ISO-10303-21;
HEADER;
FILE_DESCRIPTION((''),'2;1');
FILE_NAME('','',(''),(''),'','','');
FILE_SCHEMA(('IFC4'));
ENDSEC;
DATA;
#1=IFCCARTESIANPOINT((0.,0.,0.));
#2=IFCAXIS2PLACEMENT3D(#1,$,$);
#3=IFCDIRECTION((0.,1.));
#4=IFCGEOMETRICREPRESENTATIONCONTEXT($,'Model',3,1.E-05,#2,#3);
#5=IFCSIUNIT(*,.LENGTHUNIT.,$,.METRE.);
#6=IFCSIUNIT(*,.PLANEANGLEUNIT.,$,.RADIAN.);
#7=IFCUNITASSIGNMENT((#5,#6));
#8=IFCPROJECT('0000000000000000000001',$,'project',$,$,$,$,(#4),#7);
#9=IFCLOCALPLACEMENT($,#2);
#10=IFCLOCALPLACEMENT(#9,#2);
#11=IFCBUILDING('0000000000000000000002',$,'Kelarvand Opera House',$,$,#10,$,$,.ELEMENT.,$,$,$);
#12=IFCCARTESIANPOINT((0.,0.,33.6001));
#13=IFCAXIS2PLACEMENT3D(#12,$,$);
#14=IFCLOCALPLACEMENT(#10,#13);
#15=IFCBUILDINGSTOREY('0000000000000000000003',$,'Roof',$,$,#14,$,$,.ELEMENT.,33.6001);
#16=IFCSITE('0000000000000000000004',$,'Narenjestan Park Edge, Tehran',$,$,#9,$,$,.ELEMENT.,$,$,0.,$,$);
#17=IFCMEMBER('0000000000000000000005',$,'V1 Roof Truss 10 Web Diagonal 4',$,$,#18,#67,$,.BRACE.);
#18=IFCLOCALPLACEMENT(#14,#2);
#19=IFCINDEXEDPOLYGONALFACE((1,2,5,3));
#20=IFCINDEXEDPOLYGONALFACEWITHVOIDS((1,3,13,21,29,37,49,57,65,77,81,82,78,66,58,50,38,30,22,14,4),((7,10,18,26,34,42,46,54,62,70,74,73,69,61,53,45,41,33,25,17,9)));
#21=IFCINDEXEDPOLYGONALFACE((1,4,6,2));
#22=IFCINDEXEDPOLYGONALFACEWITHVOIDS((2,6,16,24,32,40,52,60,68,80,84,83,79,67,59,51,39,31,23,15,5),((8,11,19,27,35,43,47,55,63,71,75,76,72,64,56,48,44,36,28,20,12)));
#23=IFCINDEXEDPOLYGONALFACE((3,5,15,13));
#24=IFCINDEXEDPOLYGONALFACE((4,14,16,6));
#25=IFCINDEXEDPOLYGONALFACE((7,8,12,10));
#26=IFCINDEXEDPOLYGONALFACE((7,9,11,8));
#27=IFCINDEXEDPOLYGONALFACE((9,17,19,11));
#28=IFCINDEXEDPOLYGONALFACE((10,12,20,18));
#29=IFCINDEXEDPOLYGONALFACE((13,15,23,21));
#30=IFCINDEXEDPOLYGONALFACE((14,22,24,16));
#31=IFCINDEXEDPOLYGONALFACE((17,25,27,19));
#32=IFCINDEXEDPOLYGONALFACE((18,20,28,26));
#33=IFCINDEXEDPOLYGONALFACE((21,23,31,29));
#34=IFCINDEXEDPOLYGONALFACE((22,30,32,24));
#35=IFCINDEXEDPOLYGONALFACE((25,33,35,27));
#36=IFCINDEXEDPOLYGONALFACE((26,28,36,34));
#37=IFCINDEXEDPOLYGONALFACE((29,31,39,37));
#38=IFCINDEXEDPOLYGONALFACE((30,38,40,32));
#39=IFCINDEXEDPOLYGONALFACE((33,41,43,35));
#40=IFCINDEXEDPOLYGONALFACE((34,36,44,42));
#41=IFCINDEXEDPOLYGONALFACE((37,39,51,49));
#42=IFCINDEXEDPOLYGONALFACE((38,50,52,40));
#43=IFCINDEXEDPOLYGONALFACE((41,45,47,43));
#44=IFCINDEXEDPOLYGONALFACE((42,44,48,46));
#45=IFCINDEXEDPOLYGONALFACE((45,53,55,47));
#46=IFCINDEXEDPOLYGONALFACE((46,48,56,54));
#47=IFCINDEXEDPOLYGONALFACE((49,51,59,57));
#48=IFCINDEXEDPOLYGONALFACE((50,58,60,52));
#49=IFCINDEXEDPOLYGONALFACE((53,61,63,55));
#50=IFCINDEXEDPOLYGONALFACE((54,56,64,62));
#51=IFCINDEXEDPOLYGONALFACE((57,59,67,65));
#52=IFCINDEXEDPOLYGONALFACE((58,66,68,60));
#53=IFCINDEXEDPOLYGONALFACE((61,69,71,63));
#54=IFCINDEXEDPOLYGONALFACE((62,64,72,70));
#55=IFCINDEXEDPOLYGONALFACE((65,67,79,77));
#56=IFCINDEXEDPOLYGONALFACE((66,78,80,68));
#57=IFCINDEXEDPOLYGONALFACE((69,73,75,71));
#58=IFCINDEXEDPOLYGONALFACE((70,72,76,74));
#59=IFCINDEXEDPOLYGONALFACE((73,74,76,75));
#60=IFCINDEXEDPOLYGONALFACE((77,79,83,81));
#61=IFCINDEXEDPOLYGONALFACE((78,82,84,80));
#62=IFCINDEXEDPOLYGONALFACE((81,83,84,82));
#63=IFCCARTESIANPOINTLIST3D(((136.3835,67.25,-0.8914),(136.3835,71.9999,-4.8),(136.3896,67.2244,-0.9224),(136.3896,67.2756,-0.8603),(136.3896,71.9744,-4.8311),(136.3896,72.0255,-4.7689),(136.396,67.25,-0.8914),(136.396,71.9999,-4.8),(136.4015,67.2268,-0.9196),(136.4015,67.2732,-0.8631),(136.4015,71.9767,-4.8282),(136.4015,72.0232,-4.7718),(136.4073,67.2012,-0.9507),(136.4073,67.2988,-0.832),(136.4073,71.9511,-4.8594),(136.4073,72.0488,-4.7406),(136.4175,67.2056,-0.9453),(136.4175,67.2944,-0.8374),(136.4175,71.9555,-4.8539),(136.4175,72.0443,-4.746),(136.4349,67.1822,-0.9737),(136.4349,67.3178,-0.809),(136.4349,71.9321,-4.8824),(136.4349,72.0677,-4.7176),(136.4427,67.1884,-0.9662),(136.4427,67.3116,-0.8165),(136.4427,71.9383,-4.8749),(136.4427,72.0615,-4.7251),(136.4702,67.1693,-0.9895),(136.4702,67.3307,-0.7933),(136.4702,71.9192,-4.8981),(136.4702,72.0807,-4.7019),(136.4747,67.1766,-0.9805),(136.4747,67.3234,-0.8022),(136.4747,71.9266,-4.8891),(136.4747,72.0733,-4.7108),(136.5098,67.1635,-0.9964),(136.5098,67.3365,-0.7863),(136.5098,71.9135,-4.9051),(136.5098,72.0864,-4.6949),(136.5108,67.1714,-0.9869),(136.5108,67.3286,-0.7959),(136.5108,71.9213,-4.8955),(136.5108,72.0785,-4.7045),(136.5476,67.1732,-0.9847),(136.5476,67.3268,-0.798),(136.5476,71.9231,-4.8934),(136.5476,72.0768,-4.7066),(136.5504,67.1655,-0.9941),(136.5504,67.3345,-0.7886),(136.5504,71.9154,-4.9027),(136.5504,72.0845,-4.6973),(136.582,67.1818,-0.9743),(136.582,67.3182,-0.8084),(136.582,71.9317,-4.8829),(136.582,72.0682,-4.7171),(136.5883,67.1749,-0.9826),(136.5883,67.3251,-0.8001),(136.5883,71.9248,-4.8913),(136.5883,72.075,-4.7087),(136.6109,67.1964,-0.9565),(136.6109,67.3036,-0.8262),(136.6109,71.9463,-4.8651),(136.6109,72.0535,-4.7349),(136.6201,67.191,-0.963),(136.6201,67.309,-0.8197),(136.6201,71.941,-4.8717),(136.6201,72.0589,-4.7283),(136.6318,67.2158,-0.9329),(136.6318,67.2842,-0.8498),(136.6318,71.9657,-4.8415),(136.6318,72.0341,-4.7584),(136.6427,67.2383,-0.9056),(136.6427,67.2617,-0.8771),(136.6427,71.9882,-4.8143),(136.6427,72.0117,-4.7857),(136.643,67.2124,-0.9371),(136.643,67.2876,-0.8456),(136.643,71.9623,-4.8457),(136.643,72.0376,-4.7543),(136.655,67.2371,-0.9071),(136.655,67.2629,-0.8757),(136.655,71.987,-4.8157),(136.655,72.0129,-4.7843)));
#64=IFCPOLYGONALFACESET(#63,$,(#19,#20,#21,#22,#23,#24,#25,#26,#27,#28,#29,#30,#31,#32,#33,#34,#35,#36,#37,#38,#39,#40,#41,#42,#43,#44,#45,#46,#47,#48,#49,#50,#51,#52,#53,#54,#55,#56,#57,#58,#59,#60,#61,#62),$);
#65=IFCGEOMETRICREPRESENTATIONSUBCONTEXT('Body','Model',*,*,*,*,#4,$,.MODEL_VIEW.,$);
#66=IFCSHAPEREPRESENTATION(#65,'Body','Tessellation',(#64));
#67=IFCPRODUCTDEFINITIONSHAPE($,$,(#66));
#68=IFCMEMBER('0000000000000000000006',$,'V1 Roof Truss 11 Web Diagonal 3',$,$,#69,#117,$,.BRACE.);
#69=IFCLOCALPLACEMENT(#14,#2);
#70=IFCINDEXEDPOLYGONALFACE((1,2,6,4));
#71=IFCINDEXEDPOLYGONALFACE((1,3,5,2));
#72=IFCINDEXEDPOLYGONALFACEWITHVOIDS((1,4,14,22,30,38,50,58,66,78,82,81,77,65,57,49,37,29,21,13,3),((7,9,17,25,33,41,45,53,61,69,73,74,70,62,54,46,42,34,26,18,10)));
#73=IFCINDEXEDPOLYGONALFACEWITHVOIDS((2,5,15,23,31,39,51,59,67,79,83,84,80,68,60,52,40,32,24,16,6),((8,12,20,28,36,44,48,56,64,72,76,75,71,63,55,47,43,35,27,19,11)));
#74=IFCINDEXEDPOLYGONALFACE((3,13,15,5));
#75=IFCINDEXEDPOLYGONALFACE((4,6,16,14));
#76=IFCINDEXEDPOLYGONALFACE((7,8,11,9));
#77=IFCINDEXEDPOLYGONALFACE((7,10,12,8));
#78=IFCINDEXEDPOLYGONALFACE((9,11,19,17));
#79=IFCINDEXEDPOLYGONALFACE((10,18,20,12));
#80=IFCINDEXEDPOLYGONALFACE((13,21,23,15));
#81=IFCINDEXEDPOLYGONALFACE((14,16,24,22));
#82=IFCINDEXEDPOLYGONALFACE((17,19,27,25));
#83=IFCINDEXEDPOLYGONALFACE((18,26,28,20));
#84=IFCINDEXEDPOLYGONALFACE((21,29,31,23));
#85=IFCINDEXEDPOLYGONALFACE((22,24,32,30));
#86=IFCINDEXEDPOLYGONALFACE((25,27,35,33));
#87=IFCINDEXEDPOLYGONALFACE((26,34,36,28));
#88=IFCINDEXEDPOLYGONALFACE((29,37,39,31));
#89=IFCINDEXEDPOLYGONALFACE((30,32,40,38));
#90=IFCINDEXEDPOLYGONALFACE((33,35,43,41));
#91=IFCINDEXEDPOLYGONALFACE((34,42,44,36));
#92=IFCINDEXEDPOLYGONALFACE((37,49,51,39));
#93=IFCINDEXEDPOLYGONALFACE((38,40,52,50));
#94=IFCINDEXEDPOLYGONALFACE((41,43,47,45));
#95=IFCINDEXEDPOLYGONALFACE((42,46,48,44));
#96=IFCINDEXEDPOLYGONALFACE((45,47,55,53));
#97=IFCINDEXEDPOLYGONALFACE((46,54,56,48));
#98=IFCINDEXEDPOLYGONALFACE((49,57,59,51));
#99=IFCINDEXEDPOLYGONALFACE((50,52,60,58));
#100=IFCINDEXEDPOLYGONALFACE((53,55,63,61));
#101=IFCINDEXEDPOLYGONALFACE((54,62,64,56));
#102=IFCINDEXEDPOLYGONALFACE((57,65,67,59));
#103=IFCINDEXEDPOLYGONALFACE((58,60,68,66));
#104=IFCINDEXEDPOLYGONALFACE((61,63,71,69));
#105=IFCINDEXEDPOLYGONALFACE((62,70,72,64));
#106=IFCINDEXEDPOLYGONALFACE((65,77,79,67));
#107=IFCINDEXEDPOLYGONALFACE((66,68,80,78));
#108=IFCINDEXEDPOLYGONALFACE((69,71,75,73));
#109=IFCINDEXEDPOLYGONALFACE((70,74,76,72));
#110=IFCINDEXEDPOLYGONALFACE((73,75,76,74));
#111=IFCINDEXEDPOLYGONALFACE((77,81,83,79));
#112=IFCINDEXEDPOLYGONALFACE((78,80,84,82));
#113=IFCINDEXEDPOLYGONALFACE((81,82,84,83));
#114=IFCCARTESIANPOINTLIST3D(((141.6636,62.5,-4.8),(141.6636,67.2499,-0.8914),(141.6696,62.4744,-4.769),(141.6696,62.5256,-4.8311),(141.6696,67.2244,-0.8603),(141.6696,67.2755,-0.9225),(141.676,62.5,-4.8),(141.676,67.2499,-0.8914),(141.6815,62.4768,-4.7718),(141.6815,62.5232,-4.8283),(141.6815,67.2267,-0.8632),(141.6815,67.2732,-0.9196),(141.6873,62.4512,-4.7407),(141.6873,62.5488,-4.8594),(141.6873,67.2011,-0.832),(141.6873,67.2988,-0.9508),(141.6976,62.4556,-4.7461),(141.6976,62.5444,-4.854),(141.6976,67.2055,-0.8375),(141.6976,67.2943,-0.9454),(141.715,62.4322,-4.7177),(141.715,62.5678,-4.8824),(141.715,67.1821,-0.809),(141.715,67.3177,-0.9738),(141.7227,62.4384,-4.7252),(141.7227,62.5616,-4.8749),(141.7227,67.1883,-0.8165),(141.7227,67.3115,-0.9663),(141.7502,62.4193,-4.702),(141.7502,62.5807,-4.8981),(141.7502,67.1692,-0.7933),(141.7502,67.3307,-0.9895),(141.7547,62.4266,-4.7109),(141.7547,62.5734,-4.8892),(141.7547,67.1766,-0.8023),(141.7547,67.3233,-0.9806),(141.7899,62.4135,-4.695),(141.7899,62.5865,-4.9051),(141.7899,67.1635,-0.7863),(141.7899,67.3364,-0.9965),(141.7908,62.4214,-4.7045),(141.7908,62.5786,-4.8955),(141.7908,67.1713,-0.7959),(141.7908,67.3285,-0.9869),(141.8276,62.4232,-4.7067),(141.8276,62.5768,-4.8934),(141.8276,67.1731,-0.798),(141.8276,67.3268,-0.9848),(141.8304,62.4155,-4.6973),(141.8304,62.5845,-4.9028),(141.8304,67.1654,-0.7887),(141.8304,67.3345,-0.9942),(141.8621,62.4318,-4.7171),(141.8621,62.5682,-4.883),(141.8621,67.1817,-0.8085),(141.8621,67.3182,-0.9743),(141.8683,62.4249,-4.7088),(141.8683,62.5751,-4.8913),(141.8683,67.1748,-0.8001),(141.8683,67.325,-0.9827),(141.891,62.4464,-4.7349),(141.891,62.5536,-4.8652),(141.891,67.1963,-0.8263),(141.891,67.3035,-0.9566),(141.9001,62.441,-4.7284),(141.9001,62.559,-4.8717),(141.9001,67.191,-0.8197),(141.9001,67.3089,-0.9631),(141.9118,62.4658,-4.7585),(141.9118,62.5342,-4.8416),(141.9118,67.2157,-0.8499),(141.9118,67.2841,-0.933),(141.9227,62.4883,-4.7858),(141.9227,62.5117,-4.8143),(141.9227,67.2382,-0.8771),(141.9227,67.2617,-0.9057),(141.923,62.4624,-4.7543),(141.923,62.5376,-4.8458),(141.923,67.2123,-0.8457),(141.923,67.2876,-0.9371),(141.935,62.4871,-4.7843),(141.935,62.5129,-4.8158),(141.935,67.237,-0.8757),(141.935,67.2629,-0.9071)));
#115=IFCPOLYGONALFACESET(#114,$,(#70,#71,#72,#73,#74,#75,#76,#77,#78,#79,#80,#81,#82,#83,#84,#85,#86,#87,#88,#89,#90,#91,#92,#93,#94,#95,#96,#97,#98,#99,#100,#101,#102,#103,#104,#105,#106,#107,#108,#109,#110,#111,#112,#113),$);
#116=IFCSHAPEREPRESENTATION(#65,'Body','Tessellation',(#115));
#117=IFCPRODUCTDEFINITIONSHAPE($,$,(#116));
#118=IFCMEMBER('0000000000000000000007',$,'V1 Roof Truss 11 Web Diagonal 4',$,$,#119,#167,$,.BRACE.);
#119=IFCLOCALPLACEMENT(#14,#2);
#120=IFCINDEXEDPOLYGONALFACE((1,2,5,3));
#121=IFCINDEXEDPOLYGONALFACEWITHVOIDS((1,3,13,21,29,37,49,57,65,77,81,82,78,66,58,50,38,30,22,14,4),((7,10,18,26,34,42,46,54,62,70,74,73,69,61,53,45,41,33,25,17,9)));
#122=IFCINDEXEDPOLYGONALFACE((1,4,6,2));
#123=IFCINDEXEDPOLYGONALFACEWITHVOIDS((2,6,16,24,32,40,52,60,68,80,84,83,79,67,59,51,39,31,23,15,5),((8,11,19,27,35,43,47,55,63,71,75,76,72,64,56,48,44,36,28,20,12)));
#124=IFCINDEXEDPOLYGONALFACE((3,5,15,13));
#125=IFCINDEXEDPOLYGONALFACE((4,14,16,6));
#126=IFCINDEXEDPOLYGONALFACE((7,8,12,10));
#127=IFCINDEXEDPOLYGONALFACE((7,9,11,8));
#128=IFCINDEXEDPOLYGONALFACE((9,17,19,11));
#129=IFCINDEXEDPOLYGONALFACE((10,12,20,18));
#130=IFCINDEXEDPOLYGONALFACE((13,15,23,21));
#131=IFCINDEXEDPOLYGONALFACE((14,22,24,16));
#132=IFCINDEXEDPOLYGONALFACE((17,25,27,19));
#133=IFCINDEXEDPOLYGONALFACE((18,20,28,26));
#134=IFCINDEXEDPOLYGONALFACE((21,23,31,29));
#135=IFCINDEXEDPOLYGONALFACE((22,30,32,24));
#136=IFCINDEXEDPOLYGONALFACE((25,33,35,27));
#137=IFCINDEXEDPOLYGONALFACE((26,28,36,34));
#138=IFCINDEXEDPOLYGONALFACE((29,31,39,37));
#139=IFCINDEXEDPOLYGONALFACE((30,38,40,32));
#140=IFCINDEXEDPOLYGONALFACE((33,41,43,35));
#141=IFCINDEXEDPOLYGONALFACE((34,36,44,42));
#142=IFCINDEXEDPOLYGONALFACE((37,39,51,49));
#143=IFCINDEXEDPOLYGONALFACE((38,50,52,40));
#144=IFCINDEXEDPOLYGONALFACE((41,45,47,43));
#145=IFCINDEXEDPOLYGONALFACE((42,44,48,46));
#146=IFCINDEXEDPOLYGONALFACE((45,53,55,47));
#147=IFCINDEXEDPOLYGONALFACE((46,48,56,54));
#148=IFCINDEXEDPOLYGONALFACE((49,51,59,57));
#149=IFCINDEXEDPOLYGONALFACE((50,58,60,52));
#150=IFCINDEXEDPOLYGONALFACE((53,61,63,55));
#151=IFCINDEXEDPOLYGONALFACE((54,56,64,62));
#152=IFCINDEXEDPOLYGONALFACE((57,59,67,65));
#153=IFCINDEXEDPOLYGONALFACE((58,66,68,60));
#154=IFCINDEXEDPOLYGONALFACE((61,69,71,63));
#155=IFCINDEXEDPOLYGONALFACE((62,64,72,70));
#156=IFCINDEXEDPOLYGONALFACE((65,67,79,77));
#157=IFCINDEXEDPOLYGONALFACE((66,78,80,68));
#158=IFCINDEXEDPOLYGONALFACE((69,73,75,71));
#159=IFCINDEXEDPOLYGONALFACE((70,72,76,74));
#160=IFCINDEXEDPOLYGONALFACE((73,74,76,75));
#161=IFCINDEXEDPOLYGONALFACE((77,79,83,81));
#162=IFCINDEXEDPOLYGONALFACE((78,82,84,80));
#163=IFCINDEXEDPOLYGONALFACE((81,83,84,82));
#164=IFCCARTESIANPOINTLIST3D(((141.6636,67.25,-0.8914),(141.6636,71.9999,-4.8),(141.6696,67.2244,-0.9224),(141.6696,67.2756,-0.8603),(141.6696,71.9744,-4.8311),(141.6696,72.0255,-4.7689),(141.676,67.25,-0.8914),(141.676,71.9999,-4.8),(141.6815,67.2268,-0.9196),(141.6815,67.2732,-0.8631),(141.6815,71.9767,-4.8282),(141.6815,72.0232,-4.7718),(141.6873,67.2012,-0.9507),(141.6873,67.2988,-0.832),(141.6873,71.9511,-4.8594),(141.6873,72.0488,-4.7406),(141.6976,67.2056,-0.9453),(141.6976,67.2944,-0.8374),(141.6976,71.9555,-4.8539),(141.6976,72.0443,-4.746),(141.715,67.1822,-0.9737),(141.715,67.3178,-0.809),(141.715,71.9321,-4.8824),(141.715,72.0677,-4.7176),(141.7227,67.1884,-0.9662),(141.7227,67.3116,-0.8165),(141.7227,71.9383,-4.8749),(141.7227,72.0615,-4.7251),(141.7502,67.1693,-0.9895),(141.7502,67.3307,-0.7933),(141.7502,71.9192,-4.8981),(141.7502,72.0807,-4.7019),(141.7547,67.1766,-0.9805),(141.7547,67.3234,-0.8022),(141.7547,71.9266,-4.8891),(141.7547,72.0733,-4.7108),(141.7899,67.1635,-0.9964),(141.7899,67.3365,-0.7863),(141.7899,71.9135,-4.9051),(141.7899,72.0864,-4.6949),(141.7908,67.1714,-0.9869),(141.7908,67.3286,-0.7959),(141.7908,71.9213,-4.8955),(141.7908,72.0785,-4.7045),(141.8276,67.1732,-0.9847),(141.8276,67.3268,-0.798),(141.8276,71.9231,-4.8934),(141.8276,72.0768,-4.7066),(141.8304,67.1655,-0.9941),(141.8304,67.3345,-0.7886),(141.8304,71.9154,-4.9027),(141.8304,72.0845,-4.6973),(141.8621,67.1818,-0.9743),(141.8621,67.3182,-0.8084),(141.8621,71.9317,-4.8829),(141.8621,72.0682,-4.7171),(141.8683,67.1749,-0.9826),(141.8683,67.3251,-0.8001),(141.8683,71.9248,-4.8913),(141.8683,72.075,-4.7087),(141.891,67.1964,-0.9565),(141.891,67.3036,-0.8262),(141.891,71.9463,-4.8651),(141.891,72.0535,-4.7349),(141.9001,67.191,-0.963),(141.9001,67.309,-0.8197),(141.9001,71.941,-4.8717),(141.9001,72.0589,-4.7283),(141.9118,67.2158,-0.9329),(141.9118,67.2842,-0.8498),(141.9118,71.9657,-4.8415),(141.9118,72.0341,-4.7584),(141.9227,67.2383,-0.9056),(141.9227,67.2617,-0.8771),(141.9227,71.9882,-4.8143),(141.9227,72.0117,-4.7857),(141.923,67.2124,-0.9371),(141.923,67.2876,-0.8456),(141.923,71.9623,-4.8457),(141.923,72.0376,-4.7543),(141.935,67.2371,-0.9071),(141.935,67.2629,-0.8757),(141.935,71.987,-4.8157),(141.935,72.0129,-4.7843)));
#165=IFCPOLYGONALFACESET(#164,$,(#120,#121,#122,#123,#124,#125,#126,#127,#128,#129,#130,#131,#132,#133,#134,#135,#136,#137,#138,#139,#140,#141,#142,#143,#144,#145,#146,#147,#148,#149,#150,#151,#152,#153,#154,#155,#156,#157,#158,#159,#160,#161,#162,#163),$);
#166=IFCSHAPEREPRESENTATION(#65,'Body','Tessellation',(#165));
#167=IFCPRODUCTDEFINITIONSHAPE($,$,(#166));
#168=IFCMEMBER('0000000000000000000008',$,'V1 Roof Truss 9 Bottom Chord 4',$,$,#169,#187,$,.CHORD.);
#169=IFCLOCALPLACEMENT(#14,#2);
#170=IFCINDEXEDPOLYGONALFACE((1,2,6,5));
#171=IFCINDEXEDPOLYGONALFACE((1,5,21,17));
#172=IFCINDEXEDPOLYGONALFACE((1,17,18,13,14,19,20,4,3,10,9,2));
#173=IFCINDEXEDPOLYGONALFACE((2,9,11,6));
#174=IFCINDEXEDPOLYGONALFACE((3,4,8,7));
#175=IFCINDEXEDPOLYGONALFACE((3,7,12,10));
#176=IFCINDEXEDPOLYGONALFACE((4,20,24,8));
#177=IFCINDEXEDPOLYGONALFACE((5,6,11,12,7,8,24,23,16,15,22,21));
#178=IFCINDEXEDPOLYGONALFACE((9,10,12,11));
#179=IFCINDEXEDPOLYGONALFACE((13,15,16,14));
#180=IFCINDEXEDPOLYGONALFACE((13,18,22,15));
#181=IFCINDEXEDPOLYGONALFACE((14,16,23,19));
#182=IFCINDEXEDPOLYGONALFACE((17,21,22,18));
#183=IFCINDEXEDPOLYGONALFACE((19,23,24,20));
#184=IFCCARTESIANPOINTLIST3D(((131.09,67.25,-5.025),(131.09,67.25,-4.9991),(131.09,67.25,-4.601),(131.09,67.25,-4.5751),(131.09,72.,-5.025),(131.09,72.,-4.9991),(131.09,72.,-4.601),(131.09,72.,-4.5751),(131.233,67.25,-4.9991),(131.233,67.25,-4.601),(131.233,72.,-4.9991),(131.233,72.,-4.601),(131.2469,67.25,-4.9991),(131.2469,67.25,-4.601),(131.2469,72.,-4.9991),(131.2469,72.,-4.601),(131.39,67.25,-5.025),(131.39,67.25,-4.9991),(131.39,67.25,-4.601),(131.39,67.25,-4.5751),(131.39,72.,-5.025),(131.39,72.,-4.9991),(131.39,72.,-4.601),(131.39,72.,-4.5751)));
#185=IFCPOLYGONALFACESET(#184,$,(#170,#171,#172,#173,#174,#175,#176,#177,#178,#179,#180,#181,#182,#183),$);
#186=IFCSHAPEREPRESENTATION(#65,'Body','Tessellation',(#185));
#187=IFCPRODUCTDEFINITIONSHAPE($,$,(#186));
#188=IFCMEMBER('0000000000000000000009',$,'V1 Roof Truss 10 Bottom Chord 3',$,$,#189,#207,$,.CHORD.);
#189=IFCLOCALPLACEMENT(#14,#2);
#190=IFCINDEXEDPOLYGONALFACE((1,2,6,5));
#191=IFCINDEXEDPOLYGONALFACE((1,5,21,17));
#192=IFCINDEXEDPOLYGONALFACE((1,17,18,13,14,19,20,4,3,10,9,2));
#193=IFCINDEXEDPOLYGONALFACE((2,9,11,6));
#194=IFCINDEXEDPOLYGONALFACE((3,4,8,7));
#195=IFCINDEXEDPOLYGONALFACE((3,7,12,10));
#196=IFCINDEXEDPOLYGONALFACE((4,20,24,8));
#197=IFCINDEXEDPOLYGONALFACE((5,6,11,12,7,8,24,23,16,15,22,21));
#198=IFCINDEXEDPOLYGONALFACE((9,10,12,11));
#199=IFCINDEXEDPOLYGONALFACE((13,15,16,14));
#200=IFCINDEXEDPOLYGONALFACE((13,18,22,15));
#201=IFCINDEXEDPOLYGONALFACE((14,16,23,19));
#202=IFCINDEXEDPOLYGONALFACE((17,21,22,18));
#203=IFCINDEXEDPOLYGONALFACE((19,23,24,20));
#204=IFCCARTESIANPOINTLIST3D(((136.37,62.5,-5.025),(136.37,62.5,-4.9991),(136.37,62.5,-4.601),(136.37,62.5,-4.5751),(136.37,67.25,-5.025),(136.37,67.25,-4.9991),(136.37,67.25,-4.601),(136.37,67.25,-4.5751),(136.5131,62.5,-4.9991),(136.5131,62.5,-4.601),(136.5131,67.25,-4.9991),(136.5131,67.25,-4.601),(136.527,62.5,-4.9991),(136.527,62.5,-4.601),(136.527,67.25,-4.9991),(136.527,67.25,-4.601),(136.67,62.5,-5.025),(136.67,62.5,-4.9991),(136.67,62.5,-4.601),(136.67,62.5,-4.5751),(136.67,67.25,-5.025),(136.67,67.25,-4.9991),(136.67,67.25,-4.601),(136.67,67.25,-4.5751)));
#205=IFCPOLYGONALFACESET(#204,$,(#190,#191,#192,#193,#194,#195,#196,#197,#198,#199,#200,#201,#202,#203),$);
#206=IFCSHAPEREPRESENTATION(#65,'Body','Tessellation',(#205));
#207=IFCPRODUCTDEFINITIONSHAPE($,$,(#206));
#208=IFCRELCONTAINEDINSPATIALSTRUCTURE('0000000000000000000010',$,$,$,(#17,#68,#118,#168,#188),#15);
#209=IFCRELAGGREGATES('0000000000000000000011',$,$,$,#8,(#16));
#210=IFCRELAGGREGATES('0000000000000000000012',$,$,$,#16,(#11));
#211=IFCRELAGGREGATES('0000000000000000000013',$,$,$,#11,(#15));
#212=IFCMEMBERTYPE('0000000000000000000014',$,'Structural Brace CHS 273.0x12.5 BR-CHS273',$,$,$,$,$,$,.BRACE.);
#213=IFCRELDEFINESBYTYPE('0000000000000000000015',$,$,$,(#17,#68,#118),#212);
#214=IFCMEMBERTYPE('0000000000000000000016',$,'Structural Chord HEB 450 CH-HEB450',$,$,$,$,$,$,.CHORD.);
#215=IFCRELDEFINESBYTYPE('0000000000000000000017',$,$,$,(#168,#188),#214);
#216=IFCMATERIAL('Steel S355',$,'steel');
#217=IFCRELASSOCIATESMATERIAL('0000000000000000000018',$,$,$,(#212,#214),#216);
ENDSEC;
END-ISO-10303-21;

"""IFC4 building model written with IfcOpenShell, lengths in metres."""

from ifc_helpers import new_model, si_unit, direction, frame, origin, origin_2d, place, context, subcontext, project, spatial, hollow_circle, i_section, extrude, material, material_profile, profile_set, type_object, element, save


model = new_model("IFC4")

# Units and contexts
model_context = context("Model", 3, precision=1e-05, world=origin(), true_north=direction((0.0, 1.0)))
body_context = subcontext(model_context, "Body", "Model", "MODEL_VIEW")
ifc_project = project(units=[si_unit("LENGTHUNIT", "METRE"), si_unit("PLANEANGLEUNIT", "RADIAN")], contexts=[model_context])

# Site, building, storey
site_placement = place(None, origin())
site = spatial("IfcSite", under=ifc_project, at=site_placement, Name="Narenjestan Park Edge, Tehran", CompositionType="ELEMENT", RefElevation=0.0)
building_placement = place(site_placement, origin())
building = spatial("IfcBuilding", under=site, at=building_placement, Name="Kelarvand Opera House", CompositionType="ELEMENT")
storey_placement = place(building_placement, frame((0.0, 0.0, 33.6001)))
storey = spatial("IfcBuildingStorey", under=building, at=storey_placement, Name="Roof", CompositionType="ELEMENT", Elevation=33.6001)

# Members
ifc_material = material(Name="Steel S355", Category="steel")
ifc_material_profile_1 = material_profile(ifc_material, hollow_circle(Radius=0.1365, WallThickness=0.0125, at=origin_2d()), Name="CHS 273.0x12.5", Category="steel")
ifc_profile_set_1 = profile_set([ifc_material_profile_1], Name="Steel S355")
member_type_1 = type_object("IfcMemberType", Name="Structural Brace CHS 273.0x12.5 BR-CHS273", PredefinedType="BRACE", material=ifc_profile_set_1)
for number, where, z_axis, x_axis, name in (
    (1, (136.52, 67.25, -0.8914), (0.0, 0.772175, -0.63541), (-1.0, 0.0, 0.0), "V1 Roof Truss 10 Web Diagonal 4"),
    (2, (141.8, 62.5, -4.8), (0.0, 0.772175, 0.63541), (-1.0, 0.0, 0.0), "V1 Roof Truss 11 Web Diagonal 3"),
    (3, (141.8, 67.25, -0.8914), (0.0, 0.772175, -0.63541), (-1.0, 0.0, 0.0), "V1 Roof Truss 11 Web Diagonal 4"),
):
    element("IfcMember", number, at=place(storey_placement, frame(where, z_axis=z_axis, x_axis=x_axis)), inside=storey, type_object=member_type_1, Name=name, PredefinedType="BRACE", context=body_context, shape_type="SweptSolid", body=[
        extrude(hollow_circle(Radius=0.1365, WallThickness=0.0125, at=origin_2d()), origin(), (0.0, 0.0, 1.0), 6.1514),
    ])
ifc_material_profile_2 = material_profile(ifc_material, i_section(OverallWidth=0.3, OverallDepth=0.45, WebThickness=0.0139, FlangeThickness=0.0259, at=origin_2d()), Name="HEB 450", Category="steel")
ifc_profile_set_2 = profile_set([ifc_material_profile_2], Name="Steel S355")
member_type_2 = type_object("IfcMemberType", Name="Structural Chord HEB 450 CH-HEB450", PredefinedType="CHORD", material=ifc_profile_set_2)
for number, where, z_axis, x_axis, name in (
    (4, (131.24, 67.25, -4.8), (0.0, 1.0, 0.0), (-1.0, 0.0, 0.0), "V1 Roof Truss 9 Bottom Chord 4"),
    (5, (136.52, 62.5, -4.8), (0.0, 1.0, 0.0), (-1.0, 0.0, 0.0), "V1 Roof Truss 10 Bottom Chord 3"),
):
    element("IfcMember", number, at=place(storey_placement, frame(where, z_axis=z_axis, x_axis=x_axis)), inside=storey, type_object=member_type_2, Name=name, PredefinedType="CHORD", context=body_context, shape_type="SweptSolid", body=[
        extrude(i_section(OverallWidth=0.3, OverallDepth=0.45, WebThickness=0.0139, FlangeThickness=0.0259, at=origin_2d()), origin(), (0.0, 0.0, 1.0), 4.75),
    ])

save(model, "model.ifc")
